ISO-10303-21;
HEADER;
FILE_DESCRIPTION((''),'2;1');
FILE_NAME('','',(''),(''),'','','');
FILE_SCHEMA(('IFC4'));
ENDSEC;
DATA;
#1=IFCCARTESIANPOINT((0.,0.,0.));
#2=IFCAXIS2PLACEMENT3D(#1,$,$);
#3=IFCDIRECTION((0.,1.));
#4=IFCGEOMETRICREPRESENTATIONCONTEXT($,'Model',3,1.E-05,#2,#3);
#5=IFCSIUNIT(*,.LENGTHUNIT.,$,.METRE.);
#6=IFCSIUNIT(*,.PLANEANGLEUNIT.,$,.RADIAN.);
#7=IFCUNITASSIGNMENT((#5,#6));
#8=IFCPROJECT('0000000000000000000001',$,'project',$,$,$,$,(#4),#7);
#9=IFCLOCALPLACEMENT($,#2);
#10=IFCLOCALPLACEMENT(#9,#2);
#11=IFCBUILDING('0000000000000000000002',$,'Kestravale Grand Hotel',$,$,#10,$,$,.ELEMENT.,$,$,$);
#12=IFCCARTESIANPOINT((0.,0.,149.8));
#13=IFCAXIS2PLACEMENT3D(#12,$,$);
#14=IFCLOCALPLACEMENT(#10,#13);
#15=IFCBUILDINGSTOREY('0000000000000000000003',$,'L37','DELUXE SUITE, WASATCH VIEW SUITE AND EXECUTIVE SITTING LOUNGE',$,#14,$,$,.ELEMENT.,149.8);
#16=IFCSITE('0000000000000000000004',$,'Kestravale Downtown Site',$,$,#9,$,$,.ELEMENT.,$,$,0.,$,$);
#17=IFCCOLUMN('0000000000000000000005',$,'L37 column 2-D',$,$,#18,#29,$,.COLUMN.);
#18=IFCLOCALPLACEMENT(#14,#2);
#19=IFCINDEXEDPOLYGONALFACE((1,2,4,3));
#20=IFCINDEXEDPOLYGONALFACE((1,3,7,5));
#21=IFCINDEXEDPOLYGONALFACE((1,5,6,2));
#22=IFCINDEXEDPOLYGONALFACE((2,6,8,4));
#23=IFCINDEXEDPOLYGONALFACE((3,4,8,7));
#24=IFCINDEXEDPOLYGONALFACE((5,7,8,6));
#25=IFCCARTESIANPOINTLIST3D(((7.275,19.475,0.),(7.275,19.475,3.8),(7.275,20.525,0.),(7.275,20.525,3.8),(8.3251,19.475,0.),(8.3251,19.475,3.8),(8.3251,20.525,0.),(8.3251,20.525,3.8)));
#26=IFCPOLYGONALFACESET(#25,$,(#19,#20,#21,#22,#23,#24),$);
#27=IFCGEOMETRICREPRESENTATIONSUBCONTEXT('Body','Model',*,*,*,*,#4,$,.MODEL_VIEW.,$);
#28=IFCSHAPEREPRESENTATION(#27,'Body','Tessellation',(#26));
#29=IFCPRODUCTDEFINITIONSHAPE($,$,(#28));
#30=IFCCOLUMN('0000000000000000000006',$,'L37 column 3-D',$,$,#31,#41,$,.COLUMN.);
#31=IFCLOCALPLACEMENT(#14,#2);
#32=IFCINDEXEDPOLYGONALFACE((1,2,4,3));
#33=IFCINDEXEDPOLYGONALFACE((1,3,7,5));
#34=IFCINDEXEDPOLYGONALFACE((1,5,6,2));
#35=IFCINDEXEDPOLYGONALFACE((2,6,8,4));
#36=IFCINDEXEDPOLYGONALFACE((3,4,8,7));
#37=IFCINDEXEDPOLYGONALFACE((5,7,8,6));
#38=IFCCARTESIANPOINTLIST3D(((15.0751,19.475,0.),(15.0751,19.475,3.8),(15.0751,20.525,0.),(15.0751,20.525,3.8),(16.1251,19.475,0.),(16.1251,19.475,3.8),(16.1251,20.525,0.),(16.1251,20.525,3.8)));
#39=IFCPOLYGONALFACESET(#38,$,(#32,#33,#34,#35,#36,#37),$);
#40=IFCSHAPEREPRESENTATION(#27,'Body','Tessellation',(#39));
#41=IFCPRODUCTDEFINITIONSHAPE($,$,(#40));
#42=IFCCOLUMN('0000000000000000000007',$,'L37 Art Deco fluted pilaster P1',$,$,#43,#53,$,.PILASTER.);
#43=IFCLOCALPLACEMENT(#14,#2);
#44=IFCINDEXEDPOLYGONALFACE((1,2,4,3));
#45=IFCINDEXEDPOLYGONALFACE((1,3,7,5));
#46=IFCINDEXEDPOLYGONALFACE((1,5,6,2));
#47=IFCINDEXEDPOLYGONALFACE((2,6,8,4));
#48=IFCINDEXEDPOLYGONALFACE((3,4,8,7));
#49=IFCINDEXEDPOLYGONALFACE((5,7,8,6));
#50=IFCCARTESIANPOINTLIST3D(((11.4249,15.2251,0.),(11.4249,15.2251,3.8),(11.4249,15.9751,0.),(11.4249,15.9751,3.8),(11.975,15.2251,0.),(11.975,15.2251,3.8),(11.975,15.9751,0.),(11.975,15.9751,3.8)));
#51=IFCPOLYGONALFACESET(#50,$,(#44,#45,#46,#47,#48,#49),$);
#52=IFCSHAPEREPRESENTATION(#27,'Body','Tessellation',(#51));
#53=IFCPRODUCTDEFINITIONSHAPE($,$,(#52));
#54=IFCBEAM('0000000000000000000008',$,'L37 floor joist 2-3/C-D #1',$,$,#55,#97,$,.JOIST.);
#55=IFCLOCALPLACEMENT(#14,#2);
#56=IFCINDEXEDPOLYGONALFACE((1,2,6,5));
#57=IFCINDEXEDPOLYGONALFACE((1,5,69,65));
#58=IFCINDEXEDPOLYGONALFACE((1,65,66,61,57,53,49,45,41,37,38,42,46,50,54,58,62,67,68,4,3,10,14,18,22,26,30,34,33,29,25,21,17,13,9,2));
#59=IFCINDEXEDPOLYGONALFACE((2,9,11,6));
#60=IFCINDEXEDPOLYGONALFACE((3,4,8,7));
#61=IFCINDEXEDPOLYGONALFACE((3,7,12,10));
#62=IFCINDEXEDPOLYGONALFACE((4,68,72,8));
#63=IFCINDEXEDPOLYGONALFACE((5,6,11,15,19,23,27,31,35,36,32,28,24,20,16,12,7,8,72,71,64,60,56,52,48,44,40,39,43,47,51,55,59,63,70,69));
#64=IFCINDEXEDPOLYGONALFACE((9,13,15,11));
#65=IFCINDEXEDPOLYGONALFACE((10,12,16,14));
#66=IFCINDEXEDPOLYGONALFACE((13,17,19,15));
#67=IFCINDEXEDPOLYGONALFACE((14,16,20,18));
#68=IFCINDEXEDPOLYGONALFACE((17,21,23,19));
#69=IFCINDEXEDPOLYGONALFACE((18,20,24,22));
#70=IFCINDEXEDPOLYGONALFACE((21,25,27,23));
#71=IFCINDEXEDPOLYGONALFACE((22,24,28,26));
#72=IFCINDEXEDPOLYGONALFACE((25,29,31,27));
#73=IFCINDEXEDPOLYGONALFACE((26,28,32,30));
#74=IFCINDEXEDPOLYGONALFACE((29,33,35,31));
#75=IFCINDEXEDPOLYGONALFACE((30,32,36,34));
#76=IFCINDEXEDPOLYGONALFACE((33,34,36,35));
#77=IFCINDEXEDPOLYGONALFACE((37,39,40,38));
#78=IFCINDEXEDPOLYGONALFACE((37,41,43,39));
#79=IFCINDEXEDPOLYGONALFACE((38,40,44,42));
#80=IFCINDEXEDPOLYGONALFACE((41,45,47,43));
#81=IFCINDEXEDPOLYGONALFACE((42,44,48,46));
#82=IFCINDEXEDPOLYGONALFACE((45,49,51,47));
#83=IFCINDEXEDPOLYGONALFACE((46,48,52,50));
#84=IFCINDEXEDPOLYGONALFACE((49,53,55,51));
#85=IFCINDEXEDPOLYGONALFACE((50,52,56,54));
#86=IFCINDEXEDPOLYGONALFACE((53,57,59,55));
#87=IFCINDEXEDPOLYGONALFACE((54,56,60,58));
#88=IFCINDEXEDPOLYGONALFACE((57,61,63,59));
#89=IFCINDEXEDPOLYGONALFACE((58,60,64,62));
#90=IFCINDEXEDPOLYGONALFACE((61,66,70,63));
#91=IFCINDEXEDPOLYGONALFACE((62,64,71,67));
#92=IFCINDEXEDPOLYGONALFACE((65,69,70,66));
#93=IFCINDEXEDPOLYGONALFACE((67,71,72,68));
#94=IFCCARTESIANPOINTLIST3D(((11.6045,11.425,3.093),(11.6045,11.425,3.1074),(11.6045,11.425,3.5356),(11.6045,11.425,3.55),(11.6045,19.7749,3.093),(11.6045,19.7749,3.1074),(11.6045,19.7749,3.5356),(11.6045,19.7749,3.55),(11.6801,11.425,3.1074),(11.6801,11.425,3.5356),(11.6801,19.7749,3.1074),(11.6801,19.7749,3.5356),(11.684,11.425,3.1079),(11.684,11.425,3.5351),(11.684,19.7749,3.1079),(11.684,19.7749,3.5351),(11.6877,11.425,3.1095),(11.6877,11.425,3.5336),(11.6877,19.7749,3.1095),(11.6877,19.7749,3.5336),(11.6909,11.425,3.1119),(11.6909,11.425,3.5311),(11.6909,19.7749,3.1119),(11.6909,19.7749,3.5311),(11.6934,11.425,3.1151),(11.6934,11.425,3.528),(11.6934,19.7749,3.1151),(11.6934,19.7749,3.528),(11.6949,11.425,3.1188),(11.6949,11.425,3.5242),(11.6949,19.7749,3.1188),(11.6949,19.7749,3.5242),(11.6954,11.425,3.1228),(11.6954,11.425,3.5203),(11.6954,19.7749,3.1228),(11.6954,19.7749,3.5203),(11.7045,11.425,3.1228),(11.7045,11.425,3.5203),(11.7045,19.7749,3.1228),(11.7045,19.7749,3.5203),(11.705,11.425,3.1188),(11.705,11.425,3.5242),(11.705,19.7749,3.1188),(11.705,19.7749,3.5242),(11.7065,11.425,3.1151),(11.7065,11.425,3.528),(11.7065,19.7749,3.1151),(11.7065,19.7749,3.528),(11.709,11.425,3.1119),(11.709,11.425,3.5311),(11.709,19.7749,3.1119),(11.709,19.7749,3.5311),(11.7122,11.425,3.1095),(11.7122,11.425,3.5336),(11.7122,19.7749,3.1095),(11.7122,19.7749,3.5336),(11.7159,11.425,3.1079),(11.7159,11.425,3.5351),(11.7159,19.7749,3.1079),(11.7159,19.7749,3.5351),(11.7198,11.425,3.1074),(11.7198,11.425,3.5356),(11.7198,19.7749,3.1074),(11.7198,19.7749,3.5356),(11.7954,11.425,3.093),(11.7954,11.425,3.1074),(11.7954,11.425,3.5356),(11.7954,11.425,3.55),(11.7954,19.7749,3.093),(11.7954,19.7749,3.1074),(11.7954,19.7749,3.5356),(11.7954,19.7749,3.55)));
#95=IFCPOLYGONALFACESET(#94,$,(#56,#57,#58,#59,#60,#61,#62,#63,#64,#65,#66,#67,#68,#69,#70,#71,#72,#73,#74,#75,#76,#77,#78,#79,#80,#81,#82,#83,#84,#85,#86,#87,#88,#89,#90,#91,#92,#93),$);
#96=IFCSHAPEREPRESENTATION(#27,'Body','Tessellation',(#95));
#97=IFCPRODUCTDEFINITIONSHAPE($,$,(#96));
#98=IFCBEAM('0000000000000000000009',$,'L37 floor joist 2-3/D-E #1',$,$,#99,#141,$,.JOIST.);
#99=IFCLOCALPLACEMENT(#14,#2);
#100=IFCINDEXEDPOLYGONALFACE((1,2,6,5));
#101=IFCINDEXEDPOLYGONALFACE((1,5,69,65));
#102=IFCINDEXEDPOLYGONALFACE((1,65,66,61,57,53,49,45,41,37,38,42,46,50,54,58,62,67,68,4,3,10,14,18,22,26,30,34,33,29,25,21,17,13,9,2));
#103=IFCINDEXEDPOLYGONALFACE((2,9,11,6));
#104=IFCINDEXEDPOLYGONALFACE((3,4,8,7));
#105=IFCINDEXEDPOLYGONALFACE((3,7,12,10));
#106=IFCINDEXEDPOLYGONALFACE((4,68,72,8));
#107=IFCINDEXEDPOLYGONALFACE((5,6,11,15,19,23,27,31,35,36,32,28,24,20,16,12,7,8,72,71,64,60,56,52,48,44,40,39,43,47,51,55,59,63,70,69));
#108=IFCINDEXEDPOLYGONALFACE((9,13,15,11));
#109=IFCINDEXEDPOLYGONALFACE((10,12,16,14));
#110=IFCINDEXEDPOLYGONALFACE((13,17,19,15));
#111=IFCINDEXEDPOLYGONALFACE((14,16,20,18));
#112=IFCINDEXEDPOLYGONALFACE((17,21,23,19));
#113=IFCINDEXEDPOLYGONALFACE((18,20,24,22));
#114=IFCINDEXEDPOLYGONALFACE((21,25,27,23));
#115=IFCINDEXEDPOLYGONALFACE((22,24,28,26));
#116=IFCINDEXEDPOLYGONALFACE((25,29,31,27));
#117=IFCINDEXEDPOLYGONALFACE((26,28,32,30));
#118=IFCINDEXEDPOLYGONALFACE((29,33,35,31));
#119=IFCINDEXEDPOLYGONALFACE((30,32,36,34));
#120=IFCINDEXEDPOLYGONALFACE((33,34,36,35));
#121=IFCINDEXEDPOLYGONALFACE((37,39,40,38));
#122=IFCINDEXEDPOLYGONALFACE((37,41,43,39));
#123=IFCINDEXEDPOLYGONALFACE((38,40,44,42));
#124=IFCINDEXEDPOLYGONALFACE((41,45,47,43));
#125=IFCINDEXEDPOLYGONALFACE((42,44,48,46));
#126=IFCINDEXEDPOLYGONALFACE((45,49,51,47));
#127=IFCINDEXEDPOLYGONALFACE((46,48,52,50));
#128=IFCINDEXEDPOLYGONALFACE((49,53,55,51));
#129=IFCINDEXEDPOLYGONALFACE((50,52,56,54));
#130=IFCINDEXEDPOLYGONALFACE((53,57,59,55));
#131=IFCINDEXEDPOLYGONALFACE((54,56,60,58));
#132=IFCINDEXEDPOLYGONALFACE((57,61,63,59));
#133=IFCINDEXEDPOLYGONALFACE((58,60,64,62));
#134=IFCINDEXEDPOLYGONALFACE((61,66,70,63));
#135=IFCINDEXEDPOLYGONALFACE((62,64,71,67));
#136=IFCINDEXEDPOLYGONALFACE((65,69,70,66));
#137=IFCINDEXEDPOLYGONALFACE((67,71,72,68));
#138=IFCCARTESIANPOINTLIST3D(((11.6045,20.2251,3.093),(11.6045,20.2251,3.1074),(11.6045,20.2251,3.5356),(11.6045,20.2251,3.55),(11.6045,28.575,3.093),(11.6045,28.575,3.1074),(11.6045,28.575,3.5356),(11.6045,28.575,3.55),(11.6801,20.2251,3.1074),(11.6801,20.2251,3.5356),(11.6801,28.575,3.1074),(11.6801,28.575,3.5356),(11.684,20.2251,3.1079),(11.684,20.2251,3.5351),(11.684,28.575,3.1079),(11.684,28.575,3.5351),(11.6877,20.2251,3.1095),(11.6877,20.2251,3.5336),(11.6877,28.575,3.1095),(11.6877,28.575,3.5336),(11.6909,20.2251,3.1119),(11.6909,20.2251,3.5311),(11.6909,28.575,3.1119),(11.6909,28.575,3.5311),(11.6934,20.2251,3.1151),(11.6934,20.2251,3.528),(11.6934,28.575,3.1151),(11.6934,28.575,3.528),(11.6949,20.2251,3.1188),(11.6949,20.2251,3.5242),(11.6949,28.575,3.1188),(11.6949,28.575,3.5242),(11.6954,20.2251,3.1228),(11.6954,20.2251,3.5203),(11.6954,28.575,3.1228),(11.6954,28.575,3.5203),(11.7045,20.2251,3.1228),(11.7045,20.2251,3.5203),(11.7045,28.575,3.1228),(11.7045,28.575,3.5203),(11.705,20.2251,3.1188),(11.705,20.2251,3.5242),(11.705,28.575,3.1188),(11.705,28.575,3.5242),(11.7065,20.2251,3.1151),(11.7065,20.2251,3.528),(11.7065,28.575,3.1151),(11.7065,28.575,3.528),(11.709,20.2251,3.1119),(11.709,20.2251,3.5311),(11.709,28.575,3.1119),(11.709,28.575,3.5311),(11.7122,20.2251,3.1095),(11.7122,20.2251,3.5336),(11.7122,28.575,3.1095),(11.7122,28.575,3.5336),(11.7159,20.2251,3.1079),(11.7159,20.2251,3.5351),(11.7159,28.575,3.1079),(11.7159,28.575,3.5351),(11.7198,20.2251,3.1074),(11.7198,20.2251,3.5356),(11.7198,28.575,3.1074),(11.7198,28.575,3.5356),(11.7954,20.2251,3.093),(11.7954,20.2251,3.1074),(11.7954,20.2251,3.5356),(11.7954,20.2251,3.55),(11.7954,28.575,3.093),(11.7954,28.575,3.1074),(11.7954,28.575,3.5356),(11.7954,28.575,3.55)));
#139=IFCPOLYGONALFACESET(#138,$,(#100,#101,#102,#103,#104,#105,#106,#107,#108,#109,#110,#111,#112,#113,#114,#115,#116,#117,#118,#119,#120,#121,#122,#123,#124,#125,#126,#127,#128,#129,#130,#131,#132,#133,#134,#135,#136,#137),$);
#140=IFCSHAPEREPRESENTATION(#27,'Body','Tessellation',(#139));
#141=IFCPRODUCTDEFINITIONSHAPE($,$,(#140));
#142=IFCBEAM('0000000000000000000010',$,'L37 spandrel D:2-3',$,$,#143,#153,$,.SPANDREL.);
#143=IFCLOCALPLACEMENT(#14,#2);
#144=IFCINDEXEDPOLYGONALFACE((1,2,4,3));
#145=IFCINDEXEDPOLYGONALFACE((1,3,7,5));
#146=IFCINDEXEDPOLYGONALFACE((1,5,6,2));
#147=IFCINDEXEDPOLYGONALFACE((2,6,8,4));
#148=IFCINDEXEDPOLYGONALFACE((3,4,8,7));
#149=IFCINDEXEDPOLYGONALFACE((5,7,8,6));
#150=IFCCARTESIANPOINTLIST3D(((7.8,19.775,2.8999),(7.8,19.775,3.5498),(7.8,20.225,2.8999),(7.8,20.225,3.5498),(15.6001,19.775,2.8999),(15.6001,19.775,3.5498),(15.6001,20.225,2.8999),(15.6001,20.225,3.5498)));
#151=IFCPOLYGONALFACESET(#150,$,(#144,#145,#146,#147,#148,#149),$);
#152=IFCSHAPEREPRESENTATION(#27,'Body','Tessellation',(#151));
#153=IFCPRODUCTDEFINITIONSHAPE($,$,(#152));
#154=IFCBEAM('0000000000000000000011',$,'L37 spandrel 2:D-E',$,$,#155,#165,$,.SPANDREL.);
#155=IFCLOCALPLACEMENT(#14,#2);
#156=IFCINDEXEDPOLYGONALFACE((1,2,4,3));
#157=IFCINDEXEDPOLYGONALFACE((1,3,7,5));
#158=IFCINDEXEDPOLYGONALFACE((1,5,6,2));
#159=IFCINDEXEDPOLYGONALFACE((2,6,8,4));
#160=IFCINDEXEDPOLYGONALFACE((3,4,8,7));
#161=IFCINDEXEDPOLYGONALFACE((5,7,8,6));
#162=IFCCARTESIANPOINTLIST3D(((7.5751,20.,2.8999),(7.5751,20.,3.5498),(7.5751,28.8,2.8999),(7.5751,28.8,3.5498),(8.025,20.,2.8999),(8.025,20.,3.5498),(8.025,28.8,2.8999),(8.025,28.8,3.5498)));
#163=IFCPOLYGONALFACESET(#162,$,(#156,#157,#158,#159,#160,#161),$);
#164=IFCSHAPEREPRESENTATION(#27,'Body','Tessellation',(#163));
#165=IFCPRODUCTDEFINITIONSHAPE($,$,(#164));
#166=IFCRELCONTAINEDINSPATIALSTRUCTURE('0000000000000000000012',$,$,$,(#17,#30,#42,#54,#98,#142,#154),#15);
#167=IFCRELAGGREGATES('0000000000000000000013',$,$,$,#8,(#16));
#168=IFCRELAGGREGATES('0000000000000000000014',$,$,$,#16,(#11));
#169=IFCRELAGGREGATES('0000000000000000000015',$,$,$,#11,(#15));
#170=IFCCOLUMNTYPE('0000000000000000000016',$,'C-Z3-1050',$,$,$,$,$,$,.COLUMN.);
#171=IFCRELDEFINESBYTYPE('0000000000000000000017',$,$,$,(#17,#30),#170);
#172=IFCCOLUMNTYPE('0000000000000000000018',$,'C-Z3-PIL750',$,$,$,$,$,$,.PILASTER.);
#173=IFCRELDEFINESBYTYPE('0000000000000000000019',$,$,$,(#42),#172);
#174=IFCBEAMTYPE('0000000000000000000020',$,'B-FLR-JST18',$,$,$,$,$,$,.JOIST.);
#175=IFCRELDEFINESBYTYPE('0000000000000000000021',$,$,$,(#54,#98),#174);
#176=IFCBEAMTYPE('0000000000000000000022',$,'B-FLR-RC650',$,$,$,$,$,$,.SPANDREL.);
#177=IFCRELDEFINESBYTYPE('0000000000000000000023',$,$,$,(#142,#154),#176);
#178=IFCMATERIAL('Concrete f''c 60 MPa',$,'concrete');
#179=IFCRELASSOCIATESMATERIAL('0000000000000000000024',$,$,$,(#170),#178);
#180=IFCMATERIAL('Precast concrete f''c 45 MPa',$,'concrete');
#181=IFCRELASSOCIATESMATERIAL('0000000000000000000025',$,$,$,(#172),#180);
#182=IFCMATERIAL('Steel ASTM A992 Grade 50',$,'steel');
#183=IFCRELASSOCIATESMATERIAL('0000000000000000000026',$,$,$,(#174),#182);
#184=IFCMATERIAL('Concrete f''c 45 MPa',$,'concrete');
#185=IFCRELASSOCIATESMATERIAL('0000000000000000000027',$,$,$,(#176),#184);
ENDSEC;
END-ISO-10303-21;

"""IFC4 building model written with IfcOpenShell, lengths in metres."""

from ifc_helpers import new_model, si_unit, direction, frame, origin, origin_2d, place, context, subcontext, project, spatial, rectangle, i_section, extrude, material, material_profile, profile_set, type_object, element, save


model = new_model("IFC4")

# Units and contexts
model_context = context("Model", 3, precision=1e-05, world=origin(), true_north=direction((0.0, 1.0)))
body_context = subcontext(model_context, "Body", "Model", "MODEL_VIEW")
ifc_project = project(units=[si_unit("LENGTHUNIT", "METRE"), si_unit("PLANEANGLEUNIT", "RADIAN")], contexts=[model_context])

# Site, building, storey
site_placement = place(None, origin())
site = spatial("IfcSite", under=ifc_project, at=site_placement, Name="Kestravale Downtown Site", CompositionType="ELEMENT", RefElevation=0.0)
building_placement = place(site_placement, origin())
building = spatial("IfcBuilding", under=site, at=building_placement, Name="Kestravale Grand Hotel", CompositionType="ELEMENT")
storey_placement = place(building_placement, frame((0.0, 0.0, 149.8)))
storey = spatial("IfcBuildingStorey", under=building, at=storey_placement, Name="L37", Description="DELUXE SUITE, WASATCH VIEW SUITE AND EXECUTIVE SITTING LOUNGE", CompositionType="ELEMENT", Elevation=149.8)

# Columns
ifc_material_1 = material(Name="Concrete f'c 60 MPa", Category="concrete")
ifc_material_profile_1 = material_profile(ifc_material_1, rectangle(XDim=1.05, YDim=1.05, at=origin_2d()))
ifc_profile_set_1 = profile_set([ifc_material_profile_1], Name="Concrete f'c 60 MPa")
column_type_1 = type_object("IfcColumnType", Name="C-Z3-1050", PredefinedType="COLUMN", material=ifc_profile_set_1)
for number, where, z_axis, x_axis, name in (
    (1, (7.8, 20.0, 0.0), (0.0, 0.0, 1.0), (1.0, 0.0, 0.0), "L37 column 2-D"),
    (2, (15.6001, 20.0, 0.0), (0.0, 0.0, 1.0), (1.0, 0.0, 0.0), "L37 column 3-D"),
):
    element("IfcColumn", number, at=place(storey_placement, frame(where, z_axis=z_axis, x_axis=x_axis)), inside=storey, type_object=column_type_1, Name=name, PredefinedType="COLUMN", context=body_context, shape_type="SweptSolid", body=[
        extrude(rectangle(XDim=1.05, YDim=1.05, at=origin_2d()), origin(), (0.0, 0.0, 1.0), 3.8),
    ])
ifc_material_2 = material(Name="Precast concrete f'c 45 MPa", Category="concrete")
ifc_material_profile_2 = material_profile(ifc_material_2, rectangle(XDim=0.55, YDim=0.75, at=origin_2d()))
ifc_profile_set_2 = profile_set([ifc_material_profile_2], Name="Precast concrete f'c 45 MPa")
column_type_2 = type_object("IfcColumnType", Name="C-Z3-PIL750", PredefinedType="PILASTER", material=ifc_profile_set_2)
column_placement = place(storey_placement, frame((11.7, 15.6001, 0.0), z_axis=(0.0, 0.0, 1.0), x_axis=(1.0, 0.0, 0.0)))
element("IfcColumn", 3, at=column_placement, inside=storey, type_object=column_type_2, Name="L37 Art Deco fluted pilaster P1", PredefinedType="PILASTER", context=body_context, shape_type="SweptSolid", body=[
    extrude(rectangle(XDim=0.55, YDim=0.75, at=origin_2d()), origin(), (0.0, 0.0, 1.0), 3.8),
])

# Beams
ifc_material_3 = material(Name="Steel ASTM A992 Grade 50", Category="steel")
ifc_material_profile_3 = material_profile(ifc_material_3, i_section(OverallWidth=0.1909, OverallDepth=0.457, WebThickness=0.009, FlangeThickness=0.0144, FilletRadius=0.0154, at=origin_2d()))
ifc_profile_set_3 = profile_set([ifc_material_profile_3], Name="Steel ASTM A992 Grade 50")
beam_type_1 = type_object("IfcBeamType", Name="B-FLR-JST18", PredefinedType="JOIST", material=ifc_profile_set_3)
for number, where, z_axis, x_axis, name in (
    (4, (11.7, 11.425, 3.3215), (0.0, 1.0, 0.0), (-1.0, 0.0, 0.0), "L37 floor joist 2-3/C-D #1"),
    (5, (11.7, 20.2251, 3.3215), (0.0, 1.0, 0.0), (-1.0, 0.0, 0.0), "L37 floor joist 2-3/D-E #1"),
):
    element("IfcBeam", number, at=place(storey_placement, frame(where, z_axis=z_axis, x_axis=x_axis)), inside=storey, type_object=beam_type_1, Name=name, PredefinedType="JOIST", context=body_context, shape_type="SweptSolid", body=[
        extrude(i_section(OverallWidth=0.1909, OverallDepth=0.457, WebThickness=0.009, FlangeThickness=0.0144, FilletRadius=0.0154, at=origin_2d()), origin(), (0.0, 0.0, 1.0), 8.3499),
    ])
ifc_material_4 = material(Name="Concrete f'c 45 MPa", Category="concrete")
ifc_material_profile_4 = material_profile(ifc_material_4, rectangle(XDim=0.45, YDim=0.6499, at=origin_2d()))
ifc_profile_set_4 = profile_set([ifc_material_profile_4], Name="Concrete f'c 45 MPa")
beam_type_2 = type_object("IfcBeamType", Name="B-FLR-RC650", PredefinedType="SPANDREL", material=ifc_profile_set_4)
beam_1_placement = place(storey_placement, frame((7.8, 20.0, 3.2249), z_axis=(1.0, 0.0, 0.0), x_axis=(0.0, 1.0, 0.0)))
element("IfcBeam", 6, at=beam_1_placement, inside=storey, type_object=beam_type_2, Name="L37 spandrel D:2-3", PredefinedType="SPANDREL", context=body_context, shape_type="SweptSolid", body=[
    extrude(rectangle(XDim=0.45, YDim=0.6499, at=origin_2d()), origin(), (0.0, 0.0, 1.0), 7.8),
])
beam_2_placement = place(storey_placement, frame((7.8, 20.0, 3.2249), z_axis=(0.0, 1.0, 0.0), x_axis=(-1.0, 0.0, 0.0)))
element("IfcBeam", 7, at=beam_2_placement, inside=storey, type_object=beam_type_2, Name="L37 spandrel 2:D-E", PredefinedType="SPANDREL", context=body_context, shape_type="SweptSolid", body=[
    extrude(rectangle(XDim=0.45, YDim=0.6499, at=origin_2d()), origin(), (0.0, 0.0, 1.0), 8.8),
])

save(model, "model.ifc")
